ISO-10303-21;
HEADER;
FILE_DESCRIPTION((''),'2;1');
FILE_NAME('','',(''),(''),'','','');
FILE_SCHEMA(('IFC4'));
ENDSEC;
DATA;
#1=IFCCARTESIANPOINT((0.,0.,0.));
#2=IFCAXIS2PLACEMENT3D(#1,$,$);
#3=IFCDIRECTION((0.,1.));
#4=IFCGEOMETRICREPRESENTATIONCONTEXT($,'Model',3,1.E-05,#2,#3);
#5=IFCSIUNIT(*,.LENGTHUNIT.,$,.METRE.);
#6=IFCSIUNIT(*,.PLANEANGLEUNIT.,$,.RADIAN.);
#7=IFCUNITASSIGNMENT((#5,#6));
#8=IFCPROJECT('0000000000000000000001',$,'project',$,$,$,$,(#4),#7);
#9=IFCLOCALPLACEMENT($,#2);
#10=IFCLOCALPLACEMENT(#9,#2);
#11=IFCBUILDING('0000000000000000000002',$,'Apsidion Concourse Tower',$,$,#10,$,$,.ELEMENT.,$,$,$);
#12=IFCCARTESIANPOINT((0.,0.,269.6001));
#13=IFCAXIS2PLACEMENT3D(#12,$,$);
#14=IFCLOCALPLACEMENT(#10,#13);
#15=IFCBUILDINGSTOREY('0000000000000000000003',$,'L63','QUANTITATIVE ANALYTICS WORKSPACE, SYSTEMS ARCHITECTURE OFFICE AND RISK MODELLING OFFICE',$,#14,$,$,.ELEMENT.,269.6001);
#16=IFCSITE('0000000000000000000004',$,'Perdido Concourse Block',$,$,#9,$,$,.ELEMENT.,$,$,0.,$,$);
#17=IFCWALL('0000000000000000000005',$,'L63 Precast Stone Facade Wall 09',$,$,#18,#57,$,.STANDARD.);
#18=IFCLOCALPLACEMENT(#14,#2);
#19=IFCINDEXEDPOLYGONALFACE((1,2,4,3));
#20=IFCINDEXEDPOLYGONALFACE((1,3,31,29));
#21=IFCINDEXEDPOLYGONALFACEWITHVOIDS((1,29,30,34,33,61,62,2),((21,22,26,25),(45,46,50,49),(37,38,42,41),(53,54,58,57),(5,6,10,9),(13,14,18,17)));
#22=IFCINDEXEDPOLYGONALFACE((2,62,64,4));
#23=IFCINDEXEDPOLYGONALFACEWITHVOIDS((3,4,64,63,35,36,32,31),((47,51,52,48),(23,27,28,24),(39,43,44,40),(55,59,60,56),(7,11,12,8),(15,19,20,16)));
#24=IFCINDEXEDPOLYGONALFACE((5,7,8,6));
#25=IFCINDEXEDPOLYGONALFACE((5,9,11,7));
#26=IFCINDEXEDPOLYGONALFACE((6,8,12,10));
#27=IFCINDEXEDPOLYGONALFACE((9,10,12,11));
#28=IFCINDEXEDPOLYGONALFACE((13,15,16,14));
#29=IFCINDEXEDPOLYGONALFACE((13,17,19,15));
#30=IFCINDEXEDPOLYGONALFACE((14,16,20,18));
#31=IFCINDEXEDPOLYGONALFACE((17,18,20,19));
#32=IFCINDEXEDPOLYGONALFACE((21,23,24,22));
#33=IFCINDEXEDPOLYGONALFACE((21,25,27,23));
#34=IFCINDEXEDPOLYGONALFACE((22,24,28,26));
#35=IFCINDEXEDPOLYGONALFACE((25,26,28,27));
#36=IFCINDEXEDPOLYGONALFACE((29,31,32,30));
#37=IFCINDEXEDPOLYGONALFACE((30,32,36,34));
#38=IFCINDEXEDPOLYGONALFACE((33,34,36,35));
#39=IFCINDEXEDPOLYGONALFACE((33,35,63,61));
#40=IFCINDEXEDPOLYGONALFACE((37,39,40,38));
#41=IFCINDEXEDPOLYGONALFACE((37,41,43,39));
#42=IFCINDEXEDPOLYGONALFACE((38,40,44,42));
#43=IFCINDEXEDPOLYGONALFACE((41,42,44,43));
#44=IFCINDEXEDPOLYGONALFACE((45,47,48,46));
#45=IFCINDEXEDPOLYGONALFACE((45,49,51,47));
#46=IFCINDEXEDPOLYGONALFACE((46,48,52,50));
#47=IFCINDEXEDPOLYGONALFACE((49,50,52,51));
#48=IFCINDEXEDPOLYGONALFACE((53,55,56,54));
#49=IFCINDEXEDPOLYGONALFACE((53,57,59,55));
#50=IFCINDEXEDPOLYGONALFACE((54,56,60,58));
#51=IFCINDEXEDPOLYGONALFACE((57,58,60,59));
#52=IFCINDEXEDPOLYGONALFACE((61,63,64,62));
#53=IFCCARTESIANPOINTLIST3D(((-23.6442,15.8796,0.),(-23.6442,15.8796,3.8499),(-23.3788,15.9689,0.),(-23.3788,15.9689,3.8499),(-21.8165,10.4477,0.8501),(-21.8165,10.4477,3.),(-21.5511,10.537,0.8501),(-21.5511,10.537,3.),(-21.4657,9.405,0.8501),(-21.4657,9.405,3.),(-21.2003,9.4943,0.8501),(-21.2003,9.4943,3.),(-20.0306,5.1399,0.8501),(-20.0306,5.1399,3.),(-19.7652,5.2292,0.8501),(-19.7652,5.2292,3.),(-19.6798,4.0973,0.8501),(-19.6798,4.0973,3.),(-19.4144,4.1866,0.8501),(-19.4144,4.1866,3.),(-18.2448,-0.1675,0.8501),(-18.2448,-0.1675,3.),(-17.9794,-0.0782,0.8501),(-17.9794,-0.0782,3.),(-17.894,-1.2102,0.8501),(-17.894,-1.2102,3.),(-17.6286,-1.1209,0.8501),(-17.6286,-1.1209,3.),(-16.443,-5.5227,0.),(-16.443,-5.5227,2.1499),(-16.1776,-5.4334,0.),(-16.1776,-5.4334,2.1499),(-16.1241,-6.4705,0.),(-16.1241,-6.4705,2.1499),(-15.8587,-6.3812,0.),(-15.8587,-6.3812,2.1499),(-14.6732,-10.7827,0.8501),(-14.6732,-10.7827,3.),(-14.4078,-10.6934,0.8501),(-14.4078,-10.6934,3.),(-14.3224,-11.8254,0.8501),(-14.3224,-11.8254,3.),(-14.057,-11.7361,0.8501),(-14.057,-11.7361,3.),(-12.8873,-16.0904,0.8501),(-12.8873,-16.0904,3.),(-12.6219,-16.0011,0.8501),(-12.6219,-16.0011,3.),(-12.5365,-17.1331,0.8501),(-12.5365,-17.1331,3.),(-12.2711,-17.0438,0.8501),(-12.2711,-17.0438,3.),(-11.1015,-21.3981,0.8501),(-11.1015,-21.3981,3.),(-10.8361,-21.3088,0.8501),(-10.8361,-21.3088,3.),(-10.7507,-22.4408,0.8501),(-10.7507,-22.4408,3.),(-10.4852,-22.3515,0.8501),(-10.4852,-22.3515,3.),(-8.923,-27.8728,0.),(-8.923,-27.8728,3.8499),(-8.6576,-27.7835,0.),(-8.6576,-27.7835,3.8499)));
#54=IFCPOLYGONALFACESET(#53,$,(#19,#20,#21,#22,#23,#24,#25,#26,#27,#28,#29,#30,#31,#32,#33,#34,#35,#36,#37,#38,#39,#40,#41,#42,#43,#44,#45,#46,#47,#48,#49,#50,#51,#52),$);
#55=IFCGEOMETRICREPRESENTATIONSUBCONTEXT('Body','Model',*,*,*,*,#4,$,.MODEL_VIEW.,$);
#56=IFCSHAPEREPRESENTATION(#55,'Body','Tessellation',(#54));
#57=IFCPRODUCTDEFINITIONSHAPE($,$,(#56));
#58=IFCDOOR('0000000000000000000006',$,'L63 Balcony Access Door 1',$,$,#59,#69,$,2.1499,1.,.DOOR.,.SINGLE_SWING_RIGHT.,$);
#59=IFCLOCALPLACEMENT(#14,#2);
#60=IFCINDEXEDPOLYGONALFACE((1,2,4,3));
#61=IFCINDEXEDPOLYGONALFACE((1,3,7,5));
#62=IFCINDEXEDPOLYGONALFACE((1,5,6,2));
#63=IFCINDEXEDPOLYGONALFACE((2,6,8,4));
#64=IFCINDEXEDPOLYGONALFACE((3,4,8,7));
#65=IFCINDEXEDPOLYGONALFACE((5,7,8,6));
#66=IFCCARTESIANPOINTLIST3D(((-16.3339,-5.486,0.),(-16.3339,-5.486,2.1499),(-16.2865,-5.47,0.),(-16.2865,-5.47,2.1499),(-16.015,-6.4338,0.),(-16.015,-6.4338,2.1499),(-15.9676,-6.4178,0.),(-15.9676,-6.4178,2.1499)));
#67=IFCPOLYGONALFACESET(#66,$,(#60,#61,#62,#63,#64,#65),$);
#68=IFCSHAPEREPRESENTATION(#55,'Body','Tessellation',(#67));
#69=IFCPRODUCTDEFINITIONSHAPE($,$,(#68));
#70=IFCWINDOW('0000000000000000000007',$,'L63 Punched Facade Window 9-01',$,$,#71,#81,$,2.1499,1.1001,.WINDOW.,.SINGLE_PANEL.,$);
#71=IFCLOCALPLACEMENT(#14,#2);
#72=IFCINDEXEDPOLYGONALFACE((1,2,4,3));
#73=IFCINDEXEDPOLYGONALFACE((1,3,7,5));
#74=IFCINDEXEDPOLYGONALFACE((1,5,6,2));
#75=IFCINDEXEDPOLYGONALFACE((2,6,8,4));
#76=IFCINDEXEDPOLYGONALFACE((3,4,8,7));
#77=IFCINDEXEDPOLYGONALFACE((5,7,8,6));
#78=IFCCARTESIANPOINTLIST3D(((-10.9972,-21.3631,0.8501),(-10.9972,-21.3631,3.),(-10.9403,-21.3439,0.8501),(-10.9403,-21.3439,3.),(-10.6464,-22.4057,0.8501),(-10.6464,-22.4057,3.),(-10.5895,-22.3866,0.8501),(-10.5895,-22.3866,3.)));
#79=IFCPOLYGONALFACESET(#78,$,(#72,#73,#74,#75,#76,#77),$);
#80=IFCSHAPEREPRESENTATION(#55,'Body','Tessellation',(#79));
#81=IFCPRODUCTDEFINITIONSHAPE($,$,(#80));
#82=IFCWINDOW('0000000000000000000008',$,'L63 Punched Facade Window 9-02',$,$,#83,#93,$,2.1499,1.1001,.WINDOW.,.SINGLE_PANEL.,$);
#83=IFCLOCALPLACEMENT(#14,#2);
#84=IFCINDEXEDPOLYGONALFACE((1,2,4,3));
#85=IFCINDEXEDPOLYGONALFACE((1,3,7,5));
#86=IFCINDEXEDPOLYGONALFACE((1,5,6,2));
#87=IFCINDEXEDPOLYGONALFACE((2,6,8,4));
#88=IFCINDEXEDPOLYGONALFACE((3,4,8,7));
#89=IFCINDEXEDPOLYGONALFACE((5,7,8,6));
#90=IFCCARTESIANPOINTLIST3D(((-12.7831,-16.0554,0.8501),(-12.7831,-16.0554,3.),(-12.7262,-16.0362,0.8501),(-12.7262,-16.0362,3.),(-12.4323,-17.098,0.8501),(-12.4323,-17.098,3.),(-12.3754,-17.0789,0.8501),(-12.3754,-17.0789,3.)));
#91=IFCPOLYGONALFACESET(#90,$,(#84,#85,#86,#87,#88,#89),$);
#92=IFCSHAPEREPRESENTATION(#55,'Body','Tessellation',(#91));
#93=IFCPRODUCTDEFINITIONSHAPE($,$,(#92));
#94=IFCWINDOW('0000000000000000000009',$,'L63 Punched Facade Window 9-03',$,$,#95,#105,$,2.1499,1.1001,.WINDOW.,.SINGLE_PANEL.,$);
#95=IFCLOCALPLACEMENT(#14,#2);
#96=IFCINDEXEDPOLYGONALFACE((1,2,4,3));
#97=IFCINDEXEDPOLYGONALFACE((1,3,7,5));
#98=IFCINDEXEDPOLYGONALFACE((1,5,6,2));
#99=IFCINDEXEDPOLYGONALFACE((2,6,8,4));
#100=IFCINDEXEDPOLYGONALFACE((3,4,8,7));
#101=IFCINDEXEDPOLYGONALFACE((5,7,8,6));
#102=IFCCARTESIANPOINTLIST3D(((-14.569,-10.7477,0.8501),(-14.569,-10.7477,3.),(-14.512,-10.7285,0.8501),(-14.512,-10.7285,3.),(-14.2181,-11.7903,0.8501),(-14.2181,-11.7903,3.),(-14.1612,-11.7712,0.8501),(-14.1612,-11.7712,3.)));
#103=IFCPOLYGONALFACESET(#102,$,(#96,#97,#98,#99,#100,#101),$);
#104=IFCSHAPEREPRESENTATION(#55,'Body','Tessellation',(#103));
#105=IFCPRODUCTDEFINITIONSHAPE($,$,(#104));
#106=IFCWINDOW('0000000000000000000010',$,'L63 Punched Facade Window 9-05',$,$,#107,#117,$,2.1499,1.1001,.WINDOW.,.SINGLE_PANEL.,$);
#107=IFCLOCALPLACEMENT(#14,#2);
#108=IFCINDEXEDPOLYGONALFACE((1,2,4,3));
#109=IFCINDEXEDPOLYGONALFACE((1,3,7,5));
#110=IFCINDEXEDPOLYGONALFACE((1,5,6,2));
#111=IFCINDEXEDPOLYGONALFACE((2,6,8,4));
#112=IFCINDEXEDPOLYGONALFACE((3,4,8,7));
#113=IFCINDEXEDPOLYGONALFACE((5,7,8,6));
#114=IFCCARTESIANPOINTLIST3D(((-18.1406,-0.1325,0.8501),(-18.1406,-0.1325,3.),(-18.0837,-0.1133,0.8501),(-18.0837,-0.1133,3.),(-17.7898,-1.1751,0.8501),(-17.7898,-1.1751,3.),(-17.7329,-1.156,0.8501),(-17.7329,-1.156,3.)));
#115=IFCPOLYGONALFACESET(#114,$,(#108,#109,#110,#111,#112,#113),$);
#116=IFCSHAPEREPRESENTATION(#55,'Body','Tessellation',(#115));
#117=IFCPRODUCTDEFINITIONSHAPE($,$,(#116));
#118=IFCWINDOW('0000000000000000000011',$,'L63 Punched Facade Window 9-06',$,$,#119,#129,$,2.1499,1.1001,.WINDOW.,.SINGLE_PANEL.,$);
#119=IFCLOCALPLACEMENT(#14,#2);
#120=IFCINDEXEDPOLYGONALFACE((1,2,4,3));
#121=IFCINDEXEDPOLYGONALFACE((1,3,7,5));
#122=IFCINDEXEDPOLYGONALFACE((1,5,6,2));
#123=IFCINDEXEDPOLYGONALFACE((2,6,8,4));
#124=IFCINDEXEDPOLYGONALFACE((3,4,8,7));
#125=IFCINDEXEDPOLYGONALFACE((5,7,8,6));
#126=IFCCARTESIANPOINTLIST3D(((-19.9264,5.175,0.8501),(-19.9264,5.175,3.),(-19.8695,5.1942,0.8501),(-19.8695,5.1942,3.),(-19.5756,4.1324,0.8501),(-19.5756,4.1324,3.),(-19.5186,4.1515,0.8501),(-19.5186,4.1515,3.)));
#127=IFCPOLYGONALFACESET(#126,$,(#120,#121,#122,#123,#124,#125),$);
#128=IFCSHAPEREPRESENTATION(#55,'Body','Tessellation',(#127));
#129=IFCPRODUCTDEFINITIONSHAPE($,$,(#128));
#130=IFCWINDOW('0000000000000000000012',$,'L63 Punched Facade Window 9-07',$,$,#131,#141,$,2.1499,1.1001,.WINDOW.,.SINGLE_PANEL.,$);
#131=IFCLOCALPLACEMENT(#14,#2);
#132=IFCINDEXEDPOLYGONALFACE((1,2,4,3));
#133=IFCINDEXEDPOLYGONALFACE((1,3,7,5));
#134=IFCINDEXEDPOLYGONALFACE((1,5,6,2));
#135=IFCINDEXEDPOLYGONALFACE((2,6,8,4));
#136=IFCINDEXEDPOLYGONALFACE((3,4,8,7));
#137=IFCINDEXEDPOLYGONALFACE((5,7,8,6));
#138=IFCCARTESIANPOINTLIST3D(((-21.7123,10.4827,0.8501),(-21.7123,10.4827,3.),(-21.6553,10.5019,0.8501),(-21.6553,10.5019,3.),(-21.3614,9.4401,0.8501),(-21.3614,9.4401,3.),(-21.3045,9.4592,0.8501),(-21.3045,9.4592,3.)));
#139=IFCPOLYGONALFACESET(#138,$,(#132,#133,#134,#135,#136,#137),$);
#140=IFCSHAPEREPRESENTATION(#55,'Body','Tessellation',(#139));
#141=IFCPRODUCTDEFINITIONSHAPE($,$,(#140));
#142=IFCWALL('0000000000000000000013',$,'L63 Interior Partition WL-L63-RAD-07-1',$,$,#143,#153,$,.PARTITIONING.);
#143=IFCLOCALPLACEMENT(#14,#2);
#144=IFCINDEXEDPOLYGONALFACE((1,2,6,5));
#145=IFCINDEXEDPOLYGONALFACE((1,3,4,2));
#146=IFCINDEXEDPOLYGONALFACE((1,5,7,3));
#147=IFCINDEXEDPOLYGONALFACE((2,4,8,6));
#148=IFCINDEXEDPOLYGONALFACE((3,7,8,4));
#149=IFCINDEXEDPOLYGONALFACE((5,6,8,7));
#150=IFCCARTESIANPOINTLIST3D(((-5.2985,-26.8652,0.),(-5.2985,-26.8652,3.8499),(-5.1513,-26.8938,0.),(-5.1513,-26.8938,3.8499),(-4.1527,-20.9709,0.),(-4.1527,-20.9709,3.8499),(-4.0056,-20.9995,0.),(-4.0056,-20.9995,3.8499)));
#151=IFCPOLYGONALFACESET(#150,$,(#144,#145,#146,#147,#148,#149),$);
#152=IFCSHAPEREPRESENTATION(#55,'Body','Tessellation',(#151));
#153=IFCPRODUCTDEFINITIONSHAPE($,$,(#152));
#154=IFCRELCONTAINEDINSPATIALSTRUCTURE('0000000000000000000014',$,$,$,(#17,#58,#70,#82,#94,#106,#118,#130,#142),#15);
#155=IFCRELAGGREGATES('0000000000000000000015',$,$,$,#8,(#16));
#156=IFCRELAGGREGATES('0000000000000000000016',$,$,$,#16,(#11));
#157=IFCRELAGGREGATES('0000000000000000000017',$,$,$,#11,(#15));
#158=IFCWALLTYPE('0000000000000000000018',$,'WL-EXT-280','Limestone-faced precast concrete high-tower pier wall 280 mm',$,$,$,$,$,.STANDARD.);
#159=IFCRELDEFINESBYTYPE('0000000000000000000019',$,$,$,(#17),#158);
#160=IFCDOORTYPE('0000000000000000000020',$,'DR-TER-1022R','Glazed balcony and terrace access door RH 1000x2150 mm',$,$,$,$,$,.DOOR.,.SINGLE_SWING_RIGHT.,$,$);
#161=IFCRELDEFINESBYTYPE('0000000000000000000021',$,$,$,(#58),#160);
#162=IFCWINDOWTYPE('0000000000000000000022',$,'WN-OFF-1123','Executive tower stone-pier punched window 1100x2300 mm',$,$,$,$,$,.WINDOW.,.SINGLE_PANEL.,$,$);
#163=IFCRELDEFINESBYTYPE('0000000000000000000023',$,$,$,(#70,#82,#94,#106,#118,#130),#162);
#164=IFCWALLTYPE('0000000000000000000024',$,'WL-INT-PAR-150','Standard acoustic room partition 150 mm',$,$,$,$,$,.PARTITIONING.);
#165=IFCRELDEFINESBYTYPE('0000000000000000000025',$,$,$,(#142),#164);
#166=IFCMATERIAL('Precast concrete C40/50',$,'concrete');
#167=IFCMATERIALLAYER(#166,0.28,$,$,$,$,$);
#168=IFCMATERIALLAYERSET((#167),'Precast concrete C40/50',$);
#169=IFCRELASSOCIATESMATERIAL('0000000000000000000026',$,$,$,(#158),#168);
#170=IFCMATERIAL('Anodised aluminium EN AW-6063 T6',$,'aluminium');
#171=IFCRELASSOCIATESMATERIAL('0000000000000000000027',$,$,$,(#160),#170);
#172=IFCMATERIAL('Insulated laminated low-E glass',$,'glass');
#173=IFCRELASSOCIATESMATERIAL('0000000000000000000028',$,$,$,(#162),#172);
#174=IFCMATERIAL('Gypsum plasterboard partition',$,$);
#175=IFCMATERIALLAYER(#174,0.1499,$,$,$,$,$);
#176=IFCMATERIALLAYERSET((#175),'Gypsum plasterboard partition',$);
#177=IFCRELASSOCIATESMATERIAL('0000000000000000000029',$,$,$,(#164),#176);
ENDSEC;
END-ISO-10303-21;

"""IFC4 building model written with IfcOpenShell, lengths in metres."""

from ifc_helpers import new_model, si_unit, direction, frame, frame_2d, origin, place, context, subcontext, project, spatial, rectangle, extrude, material, layer, layer_set, type_object, element, fill, save


model = new_model("IFC4")

# Units and contexts
model_context = context("Model", 3, precision=1e-05, world=origin(), true_north=direction((0.0, 1.0)))
body_context = subcontext(model_context, "Body", "Model", "MODEL_VIEW")
ifc_project = project(units=[si_unit("LENGTHUNIT", "METRE"), si_unit("PLANEANGLEUNIT", "RADIAN")], contexts=[model_context])

# Site, building, storey
site_placement = place(None, origin())
site = spatial("IfcSite", under=ifc_project, at=site_placement, Name="Perdido Concourse Block", CompositionType="ELEMENT", RefElevation=0.0)
building_placement = place(site_placement, origin())
building = spatial("IfcBuilding", under=site, at=building_placement, Name="Apsidion Concourse Tower", CompositionType="ELEMENT")
storey_placement = place(building_placement, frame((0.0, 0.0, 269.6001)))
storey = spatial("IfcBuildingStorey", under=building, at=storey_placement, Name="L63", Description="QUANTITATIVE ANALYTICS WORKSPACE, SYSTEMS ARCHITECTURE OFFICE AND RISK MODELLING OFFICE", CompositionType="ELEMENT", Elevation=269.6001)

# Shared definitions
ifc_material_1 = material(Name="Precast concrete C40/50", Category="concrete")
ifc_layer_1 = layer(ifc_material_1, 0.28)
ifc_layer_set_1 = layer_set([ifc_layer_1], Name="Precast concrete C40/50")
wall_type_1 = type_object("IfcWallType", Name="WL-EXT-280", Description="Limestone-faced precast concrete high-tower pier wall 280 mm", PredefinedType="STANDARD", material=ifc_layer_set_1)

# Wall, openings, door, windows
wall_1_placement = place(storey_placement, frame((-8.7903, -27.8281, 0.0), z_axis=(0.0, 0.0, 1.0), x_axis=(-0.318898, 0.947789, 0.0)))
wall_1 = element("IfcWall", 1, at=wall_1_placement, inside=storey, type_object=wall_type_1, Name="L63 Precast Stone Facade Wall 09", PredefinedType="STANDARD", context=body_context, shape_type="SweptSolid", body=[
    extrude(rectangle(XDim=46.1626, YDim=0.28, at=frame_2d((23.0813, 0.0))), origin(), (0.0, 0.0, 1.0), 3.8499),
])
opening_1_placement = place(wall_1_placement, frame((22.5813, 0.0, 0.0)))
opening_1 = element("IfcOpeningElement", 2, at=opening_1_placement, cuts=wall_1, PredefinedType="OPENING", context=body_context, shape_type="SweptSolid", body=[
    extrude(rectangle(XDim=1.0, YDim=2.1499, at=frame_2d((0.5, 1.075))), frame((0.0, 0.1499, 0.0), z_axis=(0.0, -1.0, 0.0), x_axis=(1.0, 0.0, 0.0)), (0.0, 0.0, 1.0), 0.3),
])
opening_2_placement = place(wall_1_placement, frame((5.7312, 0.0, 0.8501)))
opening_2 = element("IfcOpeningElement", 3, at=opening_2_placement, cuts=wall_1, PredefinedType="OPENING", context=body_context, shape_type="SweptSolid", body=[
    extrude(rectangle(XDim=1.1001, YDim=2.1499, at=frame_2d((0.55, 1.075))), frame((0.0, 0.1499, 0.0), z_axis=(0.0, -1.0, 0.0), x_axis=(1.0, 0.0, 0.0)), (0.0, 0.0, 1.0), 0.3),
])
opening_3_placement = place(wall_1_placement, frame((11.3313, 0.0, 0.8501)))
opening_3 = element("IfcOpeningElement", 4, at=opening_3_placement, cuts=wall_1, PredefinedType="OPENING", context=body_context, shape_type="SweptSolid", body=[
    extrude(rectangle(XDim=1.1001, YDim=2.1499, at=frame_2d((0.55, 1.075))), frame((0.0, 0.1499, 0.0), z_axis=(0.0, -1.0, 0.0), x_axis=(1.0, 0.0, 0.0)), (0.0, 0.0, 1.0), 0.3),
])
opening_4_placement = place(wall_1_placement, frame((16.9314, 0.0, 0.8501)))
opening_4 = element("IfcOpeningElement", 5, at=opening_4_placement, cuts=wall_1, PredefinedType="OPENING", context=body_context, shape_type="SweptSolid", body=[
    extrude(rectangle(XDim=1.1001, YDim=2.1499, at=frame_2d((0.55, 1.075))), frame((0.0, 0.1499, 0.0), z_axis=(0.0, -1.0, 0.0), x_axis=(1.0, 0.0, 0.0)), (0.0, 0.0, 1.0), 0.3),
])
opening_5_placement = place(wall_1_placement, frame((28.1313, 0.0, 0.8501)))
opening_5 = element("IfcOpeningElement", 6, at=opening_5_placement, cuts=wall_1, PredefinedType="OPENING", context=body_context, shape_type="SweptSolid", body=[
    extrude(rectangle(XDim=1.1001, YDim=2.1499, at=frame_2d((0.55, 1.075))), frame((0.0, 0.1499, 0.0), z_axis=(0.0, -1.0, 0.0), x_axis=(1.0, 0.0, 0.0)), (0.0, 0.0, 1.0), 0.3),
])
opening_6_placement = place(wall_1_placement, frame((33.7312, 0.0, 0.8501)))
opening_6 = element("IfcOpeningElement", 7, at=opening_6_placement, cuts=wall_1, PredefinedType="OPENING", context=body_context, shape_type="SweptSolid", body=[
    extrude(rectangle(XDim=1.1001, YDim=2.1499, at=frame_2d((0.55, 1.075))), frame((0.0, 0.1499, 0.0), z_axis=(0.0, -1.0, 0.0), x_axis=(1.0, 0.0, 0.0)), (0.0, 0.0, 1.0), 0.3),
])
opening_7_placement = place(wall_1_placement, frame((39.3313, 0.0, 0.8501)))
opening_7 = element("IfcOpeningElement", 8, at=opening_7_placement, cuts=wall_1, PredefinedType="OPENING", context=body_context, shape_type="SweptSolid", body=[
    extrude(rectangle(XDim=1.1001, YDim=2.1499, at=frame_2d((0.55, 1.075))), frame((0.0, 0.1499, 0.0), z_axis=(0.0, -1.0, 0.0), x_axis=(1.0, 0.0, 0.0)), (0.0, 0.0, 1.0), 0.3),
])
ifc_material_2 = material(Name="Anodised aluminium EN AW-6063 T6", Category="aluminium")
door_type = type_object("IfcDoorType", Name="DR-TER-1022R", Description="Glazed balcony and terrace access door RH 1000x2150 mm", OperationType="SINGLE_SWING_RIGHT", PredefinedType="DOOR", material=ifc_material_2)
door_placement = place(opening_1_placement, origin())
door = element("IfcDoor", 9, at=door_placement, inside=storey, type_object=door_type, Name="L63 Balcony Access Door 1", OperationType="SINGLE_SWING_RIGHT", OverallHeight=2.1499, OverallWidth=1.0, PredefinedType="DOOR", context=body_context, shape_type="SweptSolid", body=[
    extrude(rectangle(XDim=1.0, YDim=2.1499, at=frame_2d((0.5, 1.075))), frame((0.0, 0.0249, 0.0), z_axis=(0.0, -1.0, 0.0), x_axis=(1.0, 0.0, 0.0)), (0.0, 0.0, 1.0), 0.05),
])
fill(opening_1, door)
ifc_material_3 = material(Name="Insulated laminated low-E glass", Category="glass")
window_type = type_object("IfcWindowType", Name="WN-OFF-1123", Description="Executive tower stone-pier punched window 1100x2300 mm", PartitioningType="SINGLE_PANEL", PredefinedType="WINDOW", material=ifc_material_3)
window_1_placement = place(opening_2_placement, origin())
window_1 = element("IfcWindow", 10, at=window_1_placement, inside=storey, type_object=window_type, Name="L63 Punched Facade Window 9-01", OverallHeight=2.1499, OverallWidth=1.1001, PartitioningType="SINGLE_PANEL", PredefinedType="WINDOW", context=body_context, shape_type="SweptSolid", body=[
    extrude(rectangle(XDim=1.1001, YDim=2.1499, at=frame_2d((0.55, 1.075))), frame((0.0, 0.03, 0.0), z_axis=(0.0, -1.0, 0.0), x_axis=(1.0, 0.0, 0.0)), (0.0, 0.0, 1.0), 0.0601),
])
fill(opening_2, window_1)
window_2_placement = place(opening_3_placement, origin())
window_2 = element("IfcWindow", 11, at=window_2_placement, inside=storey, type_object=window_type, Name="L63 Punched Facade Window 9-02", OverallHeight=2.1499, OverallWidth=1.1001, PartitioningType="SINGLE_PANEL", PredefinedType="WINDOW", context=body_context, shape_type="SweptSolid", body=[
    extrude(rectangle(XDim=1.1001, YDim=2.1499, at=frame_2d((0.55, 1.075))), frame((0.0, 0.03, 0.0), z_axis=(0.0, -1.0, 0.0), x_axis=(1.0, 0.0, 0.0)), (0.0, 0.0, 1.0), 0.0601),
])
fill(opening_3, window_2)
window_3_placement = place(opening_4_placement, origin())
window_3 = element("IfcWindow", 12, at=window_3_placement, inside=storey, type_object=window_type, Name="L63 Punched Facade Window 9-03", OverallHeight=2.1499, OverallWidth=1.1001, PartitioningType="SINGLE_PANEL", PredefinedType="WINDOW", context=body_context, shape_type="SweptSolid", body=[
    extrude(rectangle(XDim=1.1001, YDim=2.1499, at=frame_2d((0.55, 1.075))), frame((0.0, 0.03, 0.0), z_axis=(0.0, -1.0, 0.0), x_axis=(1.0, 0.0, 0.0)), (0.0, 0.0, 1.0), 0.0601),
])
fill(opening_4, window_3)
window_4_placement = place(opening_5_placement, origin())
window_4 = element("IfcWindow", 13, at=window_4_placement, inside=storey, type_object=window_type, Name="L63 Punched Facade Window 9-05", OverallHeight=2.1499, OverallWidth=1.1001, PartitioningType="SINGLE_PANEL", PredefinedType="WINDOW", context=body_context, shape_type="SweptSolid", body=[
    extrude(rectangle(XDim=1.1001, YDim=2.1499, at=frame_2d((0.55, 1.075))), frame((0.0, 0.03, 0.0), z_axis=(0.0, -1.0, 0.0), x_axis=(1.0, 0.0, 0.0)), (0.0, 0.0, 1.0), 0.0601),
])
fill(opening_5, window_4)
window_5_placement = place(opening_6_placement, origin())
window_5 = element("IfcWindow", 14, at=window_5_placement, inside=storey, type_object=window_type, Name="L63 Punched Facade Window 9-06", OverallHeight=2.1499, OverallWidth=1.1001, PartitioningType="SINGLE_PANEL", PredefinedType="WINDOW", context=body_context, shape_type="SweptSolid", body=[
    extrude(rectangle(XDim=1.1001, YDim=2.1499, at=frame_2d((0.55, 1.075))), frame((0.0, 0.03, 0.0), z_axis=(0.0, -1.0, 0.0), x_axis=(1.0, 0.0, 0.0)), (0.0, 0.0, 1.0), 0.0601),
])
fill(opening_6, window_5)
window_6_placement = place(opening_7_placement, origin())
window_6 = element("IfcWindow", 15, at=window_6_placement, inside=storey, type_object=window_type, Name="L63 Punched Facade Window 9-07", OverallHeight=2.1499, OverallWidth=1.1001, PartitioningType="SINGLE_PANEL", PredefinedType="WINDOW", context=body_context, shape_type="SweptSolid", body=[
    extrude(rectangle(XDim=1.1001, YDim=2.1499, at=frame_2d((0.55, 1.075))), frame((0.0, 0.03, 0.0), z_axis=(0.0, -1.0, 0.0), x_axis=(1.0, 0.0, 0.0)), (0.0, 0.0, 1.0), 0.0601),
])
fill(opening_7, window_6)

# Wall
ifc_material_4 = material(Name="Gypsum plasterboard partition")
ifc_layer_2 = layer(ifc_material_4, 0.1499)
ifc_layer_set_2 = layer_set([ifc_layer_2], Name="Gypsum plasterboard partition")
wall_type_2 = type_object("IfcWallType", Name="WL-INT-PAR-150", Description="Standard acoustic room partition 150 mm", PredefinedType="PARTITIONING", material=ifc_layer_set_2)
wall_2_placement = place(storey_placement, frame((-4.0791, -20.9851, 0.0), z_axis=(0.0, 0.0, 1.0), x_axis=(-0.190812, -0.981627, 0.0)))
element("IfcWall", 16, at=wall_2_placement, inside=storey, type_object=wall_type_2, Name="L63 Interior Partition WL-L63-RAD-07-1", PredefinedType="PARTITIONING", context=body_context, shape_type="SweptSolid", body=[
    extrude(rectangle(XDim=6.0046, YDim=0.1499, at=frame_2d((3.0024, 0.0))), origin(), (0.0, 0.0, 1.0), 3.8499),
])

save(model, "model.ifc")
